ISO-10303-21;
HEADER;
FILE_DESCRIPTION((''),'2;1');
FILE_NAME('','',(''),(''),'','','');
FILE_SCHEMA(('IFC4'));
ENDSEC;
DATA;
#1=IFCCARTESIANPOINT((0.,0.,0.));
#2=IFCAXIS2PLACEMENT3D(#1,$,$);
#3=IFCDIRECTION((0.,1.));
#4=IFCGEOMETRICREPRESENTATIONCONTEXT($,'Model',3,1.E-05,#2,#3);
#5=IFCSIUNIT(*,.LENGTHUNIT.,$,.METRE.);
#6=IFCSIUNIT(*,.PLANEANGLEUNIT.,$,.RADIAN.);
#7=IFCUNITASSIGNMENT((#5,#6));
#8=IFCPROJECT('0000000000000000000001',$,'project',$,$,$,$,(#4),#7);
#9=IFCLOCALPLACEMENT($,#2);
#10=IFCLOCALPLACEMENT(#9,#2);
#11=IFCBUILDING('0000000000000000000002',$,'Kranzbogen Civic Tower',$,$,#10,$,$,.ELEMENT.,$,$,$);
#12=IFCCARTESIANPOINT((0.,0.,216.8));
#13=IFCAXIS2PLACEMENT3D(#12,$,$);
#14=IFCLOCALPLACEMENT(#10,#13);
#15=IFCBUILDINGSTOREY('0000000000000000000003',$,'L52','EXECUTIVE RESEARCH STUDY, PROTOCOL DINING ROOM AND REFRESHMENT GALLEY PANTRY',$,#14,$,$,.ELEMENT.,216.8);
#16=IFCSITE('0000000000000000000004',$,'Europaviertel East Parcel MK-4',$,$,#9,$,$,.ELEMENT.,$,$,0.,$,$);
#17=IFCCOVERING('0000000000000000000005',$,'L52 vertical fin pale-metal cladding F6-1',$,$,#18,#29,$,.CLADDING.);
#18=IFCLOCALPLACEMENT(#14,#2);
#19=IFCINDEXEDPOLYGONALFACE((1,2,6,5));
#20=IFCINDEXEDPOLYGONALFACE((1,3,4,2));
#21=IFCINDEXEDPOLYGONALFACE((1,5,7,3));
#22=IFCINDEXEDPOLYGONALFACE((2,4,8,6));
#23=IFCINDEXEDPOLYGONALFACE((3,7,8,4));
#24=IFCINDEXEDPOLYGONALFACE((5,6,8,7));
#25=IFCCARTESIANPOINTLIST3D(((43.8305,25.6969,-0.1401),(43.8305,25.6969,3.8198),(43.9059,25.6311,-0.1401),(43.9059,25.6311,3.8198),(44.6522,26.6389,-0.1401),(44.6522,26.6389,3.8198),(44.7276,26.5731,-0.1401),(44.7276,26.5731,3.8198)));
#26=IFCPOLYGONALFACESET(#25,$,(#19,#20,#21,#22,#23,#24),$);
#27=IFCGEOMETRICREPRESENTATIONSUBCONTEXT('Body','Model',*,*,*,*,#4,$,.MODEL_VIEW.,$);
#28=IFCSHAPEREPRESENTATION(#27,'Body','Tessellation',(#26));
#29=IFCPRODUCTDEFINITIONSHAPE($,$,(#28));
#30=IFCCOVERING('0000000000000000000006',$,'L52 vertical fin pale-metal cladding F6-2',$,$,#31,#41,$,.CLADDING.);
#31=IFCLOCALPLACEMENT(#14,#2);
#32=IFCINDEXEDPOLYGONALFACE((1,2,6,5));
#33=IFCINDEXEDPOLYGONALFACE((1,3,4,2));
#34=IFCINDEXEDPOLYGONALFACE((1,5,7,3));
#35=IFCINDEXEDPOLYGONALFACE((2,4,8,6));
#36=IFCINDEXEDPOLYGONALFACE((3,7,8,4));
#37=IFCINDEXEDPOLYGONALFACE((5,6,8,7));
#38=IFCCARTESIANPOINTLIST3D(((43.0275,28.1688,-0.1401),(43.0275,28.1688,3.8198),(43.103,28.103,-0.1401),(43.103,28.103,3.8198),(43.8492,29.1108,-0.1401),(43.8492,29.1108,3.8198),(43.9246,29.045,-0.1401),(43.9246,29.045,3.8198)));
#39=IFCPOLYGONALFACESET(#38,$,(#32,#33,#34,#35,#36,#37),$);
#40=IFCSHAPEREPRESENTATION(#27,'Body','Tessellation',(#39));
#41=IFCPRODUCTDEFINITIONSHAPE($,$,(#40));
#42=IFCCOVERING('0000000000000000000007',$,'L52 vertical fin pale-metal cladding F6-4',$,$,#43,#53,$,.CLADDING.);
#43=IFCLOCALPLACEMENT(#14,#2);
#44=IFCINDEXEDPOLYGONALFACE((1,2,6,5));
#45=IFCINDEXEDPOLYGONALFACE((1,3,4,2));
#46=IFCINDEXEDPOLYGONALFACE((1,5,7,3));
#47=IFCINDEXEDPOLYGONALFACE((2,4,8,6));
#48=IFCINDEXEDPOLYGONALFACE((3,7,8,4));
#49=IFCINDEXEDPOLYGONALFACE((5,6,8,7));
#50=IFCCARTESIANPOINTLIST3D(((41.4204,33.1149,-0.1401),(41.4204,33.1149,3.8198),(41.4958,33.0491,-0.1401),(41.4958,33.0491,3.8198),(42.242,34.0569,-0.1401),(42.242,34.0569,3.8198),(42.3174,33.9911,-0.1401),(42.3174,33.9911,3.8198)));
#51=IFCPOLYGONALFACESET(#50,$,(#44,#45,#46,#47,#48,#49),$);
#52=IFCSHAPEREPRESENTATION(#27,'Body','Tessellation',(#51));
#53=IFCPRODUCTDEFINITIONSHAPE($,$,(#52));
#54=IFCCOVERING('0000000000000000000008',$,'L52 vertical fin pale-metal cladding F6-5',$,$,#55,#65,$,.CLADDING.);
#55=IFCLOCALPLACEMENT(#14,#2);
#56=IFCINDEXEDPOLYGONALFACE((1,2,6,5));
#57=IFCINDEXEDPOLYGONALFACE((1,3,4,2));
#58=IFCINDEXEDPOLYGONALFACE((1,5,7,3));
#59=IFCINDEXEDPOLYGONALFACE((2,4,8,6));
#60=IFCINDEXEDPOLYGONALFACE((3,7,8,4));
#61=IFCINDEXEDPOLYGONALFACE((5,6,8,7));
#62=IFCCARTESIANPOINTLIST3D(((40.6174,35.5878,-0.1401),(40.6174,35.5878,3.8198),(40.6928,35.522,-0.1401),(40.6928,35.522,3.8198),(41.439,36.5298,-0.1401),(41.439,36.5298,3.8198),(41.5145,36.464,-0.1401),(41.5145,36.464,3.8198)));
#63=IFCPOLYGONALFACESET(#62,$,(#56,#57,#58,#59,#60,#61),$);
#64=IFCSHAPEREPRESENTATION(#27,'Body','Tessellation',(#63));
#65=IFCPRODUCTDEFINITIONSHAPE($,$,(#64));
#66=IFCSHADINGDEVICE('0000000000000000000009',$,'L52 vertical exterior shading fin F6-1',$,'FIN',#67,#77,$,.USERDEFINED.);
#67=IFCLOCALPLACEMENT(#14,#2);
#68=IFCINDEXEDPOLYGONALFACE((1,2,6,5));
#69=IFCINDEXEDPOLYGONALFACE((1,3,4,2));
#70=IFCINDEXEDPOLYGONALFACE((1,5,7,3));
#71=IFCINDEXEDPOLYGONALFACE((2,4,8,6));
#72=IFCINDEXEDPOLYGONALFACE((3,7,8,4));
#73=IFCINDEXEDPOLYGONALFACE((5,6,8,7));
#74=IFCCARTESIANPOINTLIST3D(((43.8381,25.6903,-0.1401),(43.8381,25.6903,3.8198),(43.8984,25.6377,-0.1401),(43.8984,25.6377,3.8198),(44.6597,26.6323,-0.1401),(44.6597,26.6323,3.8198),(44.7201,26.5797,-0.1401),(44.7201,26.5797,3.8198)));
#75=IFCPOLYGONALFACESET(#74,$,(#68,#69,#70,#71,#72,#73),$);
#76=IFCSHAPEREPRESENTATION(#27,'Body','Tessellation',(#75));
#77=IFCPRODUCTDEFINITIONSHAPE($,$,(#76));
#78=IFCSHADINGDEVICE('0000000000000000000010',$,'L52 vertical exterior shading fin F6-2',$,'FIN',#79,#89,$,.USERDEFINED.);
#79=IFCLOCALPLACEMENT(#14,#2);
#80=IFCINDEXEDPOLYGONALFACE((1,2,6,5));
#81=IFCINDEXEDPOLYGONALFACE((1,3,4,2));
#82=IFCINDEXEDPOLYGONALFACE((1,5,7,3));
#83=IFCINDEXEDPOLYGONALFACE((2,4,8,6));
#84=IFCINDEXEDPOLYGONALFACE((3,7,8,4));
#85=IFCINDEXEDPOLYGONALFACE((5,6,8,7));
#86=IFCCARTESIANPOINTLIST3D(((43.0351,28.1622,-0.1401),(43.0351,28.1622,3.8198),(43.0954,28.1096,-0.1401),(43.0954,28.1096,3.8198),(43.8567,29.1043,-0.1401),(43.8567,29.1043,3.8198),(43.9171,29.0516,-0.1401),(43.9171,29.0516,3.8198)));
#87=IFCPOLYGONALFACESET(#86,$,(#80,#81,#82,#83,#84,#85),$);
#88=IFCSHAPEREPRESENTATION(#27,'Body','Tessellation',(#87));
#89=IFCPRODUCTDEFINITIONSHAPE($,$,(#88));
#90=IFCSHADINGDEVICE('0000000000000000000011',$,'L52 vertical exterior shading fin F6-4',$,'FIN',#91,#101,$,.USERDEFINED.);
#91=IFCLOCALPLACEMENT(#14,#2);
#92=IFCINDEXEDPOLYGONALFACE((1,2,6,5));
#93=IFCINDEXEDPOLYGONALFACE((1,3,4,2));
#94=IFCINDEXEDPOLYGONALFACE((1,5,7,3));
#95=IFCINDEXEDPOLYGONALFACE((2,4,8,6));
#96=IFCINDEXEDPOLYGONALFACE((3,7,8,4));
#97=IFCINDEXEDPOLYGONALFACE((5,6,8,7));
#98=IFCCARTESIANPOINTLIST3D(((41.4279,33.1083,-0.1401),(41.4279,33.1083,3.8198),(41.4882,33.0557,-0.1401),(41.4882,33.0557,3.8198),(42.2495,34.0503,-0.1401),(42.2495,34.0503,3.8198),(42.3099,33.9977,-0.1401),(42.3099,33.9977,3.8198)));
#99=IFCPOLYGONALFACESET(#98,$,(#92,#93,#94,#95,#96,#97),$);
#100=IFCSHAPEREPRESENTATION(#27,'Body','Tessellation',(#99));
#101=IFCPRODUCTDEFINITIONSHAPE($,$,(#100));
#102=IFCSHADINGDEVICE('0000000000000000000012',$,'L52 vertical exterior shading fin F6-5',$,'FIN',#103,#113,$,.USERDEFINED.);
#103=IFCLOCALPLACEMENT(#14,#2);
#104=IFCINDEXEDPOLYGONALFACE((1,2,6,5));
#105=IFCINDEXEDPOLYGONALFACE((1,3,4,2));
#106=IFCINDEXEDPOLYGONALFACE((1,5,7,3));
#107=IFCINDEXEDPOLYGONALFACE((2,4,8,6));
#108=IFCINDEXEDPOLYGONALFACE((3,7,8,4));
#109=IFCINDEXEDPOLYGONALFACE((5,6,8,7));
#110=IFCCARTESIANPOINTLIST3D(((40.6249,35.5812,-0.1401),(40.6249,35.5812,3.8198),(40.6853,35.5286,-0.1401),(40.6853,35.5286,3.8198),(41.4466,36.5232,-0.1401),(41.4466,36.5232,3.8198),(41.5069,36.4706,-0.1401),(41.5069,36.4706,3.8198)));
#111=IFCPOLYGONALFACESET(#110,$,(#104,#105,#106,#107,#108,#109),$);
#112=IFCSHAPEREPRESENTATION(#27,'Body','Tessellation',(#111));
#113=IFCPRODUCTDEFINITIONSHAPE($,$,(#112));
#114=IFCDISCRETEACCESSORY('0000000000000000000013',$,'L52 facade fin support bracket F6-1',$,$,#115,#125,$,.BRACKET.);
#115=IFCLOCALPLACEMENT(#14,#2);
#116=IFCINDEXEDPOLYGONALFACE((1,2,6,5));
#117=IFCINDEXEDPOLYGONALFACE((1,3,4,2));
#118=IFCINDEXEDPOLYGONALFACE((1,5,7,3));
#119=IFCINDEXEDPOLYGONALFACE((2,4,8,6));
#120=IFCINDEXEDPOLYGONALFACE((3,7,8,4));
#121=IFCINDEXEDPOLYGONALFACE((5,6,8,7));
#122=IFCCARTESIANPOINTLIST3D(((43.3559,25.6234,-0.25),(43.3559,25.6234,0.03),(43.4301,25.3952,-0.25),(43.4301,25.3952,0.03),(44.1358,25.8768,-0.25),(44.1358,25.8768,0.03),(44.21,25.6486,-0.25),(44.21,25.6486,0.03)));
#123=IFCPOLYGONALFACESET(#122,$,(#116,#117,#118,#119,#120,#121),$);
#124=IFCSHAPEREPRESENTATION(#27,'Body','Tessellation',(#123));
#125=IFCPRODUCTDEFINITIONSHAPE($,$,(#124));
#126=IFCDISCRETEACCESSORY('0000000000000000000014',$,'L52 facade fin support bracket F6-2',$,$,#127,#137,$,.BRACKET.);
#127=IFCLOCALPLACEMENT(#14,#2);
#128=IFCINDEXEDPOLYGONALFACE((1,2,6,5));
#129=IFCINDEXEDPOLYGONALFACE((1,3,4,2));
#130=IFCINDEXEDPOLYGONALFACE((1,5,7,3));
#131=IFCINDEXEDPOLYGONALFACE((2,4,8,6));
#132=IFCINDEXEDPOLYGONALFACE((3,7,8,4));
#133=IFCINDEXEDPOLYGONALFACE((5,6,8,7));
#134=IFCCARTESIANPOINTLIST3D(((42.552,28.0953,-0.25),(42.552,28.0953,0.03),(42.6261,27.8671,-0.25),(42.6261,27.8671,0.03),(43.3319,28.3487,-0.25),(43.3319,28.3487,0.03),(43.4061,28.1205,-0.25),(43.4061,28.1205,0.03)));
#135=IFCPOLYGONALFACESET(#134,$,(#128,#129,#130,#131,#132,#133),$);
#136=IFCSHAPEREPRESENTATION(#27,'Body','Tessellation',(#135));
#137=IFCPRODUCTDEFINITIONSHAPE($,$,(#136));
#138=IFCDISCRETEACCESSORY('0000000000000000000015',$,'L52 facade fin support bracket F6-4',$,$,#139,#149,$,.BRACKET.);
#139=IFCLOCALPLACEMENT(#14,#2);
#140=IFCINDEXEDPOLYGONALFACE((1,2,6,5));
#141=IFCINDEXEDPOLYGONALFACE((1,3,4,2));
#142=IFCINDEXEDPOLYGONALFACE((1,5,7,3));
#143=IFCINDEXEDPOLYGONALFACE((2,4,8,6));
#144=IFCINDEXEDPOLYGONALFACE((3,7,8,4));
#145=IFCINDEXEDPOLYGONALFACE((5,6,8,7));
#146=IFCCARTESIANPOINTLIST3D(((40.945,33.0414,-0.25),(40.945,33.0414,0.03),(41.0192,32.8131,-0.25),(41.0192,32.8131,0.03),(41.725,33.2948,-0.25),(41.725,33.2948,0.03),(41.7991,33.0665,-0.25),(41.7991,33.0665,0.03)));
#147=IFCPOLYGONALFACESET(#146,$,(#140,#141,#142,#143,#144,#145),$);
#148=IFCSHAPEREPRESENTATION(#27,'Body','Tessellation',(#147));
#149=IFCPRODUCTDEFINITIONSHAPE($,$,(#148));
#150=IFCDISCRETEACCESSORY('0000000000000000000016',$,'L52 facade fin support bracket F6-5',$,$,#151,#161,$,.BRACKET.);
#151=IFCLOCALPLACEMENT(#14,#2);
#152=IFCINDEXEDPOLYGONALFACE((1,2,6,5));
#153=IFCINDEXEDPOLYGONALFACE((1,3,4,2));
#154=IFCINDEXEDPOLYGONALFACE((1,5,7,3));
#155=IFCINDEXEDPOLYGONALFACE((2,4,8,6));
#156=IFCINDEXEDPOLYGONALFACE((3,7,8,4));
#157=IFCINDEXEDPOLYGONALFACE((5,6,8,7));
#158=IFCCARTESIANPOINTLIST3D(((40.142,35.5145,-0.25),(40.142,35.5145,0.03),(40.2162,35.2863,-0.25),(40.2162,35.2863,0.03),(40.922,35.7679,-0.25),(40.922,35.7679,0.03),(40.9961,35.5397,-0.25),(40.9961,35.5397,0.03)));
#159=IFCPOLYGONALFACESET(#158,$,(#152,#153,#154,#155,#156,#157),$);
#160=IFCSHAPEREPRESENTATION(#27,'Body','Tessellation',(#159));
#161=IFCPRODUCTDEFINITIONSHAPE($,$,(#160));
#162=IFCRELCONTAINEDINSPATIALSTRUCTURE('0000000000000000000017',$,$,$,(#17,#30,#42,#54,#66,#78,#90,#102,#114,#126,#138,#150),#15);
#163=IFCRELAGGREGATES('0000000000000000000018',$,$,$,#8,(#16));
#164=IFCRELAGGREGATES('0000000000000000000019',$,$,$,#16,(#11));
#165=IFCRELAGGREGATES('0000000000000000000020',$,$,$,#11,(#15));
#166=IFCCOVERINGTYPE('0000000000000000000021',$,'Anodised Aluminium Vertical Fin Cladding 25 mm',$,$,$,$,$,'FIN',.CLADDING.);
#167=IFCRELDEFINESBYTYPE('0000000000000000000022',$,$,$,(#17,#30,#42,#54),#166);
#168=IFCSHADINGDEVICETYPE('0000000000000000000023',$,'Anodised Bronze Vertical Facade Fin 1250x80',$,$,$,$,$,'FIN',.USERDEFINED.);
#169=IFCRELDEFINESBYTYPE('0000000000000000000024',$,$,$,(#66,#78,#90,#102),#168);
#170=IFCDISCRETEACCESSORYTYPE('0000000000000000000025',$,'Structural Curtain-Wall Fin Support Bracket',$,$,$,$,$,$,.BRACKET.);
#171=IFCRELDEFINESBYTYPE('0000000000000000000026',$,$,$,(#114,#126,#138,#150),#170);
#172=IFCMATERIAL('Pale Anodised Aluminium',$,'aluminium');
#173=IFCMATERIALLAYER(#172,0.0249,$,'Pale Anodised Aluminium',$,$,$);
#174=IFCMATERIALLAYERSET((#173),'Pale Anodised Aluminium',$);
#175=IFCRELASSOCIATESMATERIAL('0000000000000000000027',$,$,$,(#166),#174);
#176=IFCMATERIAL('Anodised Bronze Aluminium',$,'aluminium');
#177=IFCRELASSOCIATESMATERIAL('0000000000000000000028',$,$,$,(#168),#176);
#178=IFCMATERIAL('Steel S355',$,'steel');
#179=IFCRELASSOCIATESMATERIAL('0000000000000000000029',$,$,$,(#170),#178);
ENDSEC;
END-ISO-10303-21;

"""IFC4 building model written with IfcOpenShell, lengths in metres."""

from ifc_helpers import new_model, si_unit, direction, frame, origin, origin_2d, place, context, subcontext, project, spatial, rectangle, extrude, material, layer, layer_set, type_object, element, save


model = new_model("IFC4")

# Units and contexts
model_context = context("Model", 3, precision=1e-05, world=origin(), true_north=direction((0.0, 1.0)))
body_context = subcontext(model_context, "Body", "Model", "MODEL_VIEW")
ifc_project = project(units=[si_unit("LENGTHUNIT", "METRE"), si_unit("PLANEANGLEUNIT", "RADIAN")], contexts=[model_context])

# Site, building, storey
site_placement = place(None, origin())
site = spatial("IfcSite", under=ifc_project, at=site_placement, Name="Europaviertel East Parcel MK-4", CompositionType="ELEMENT", RefElevation=0.0)
building_placement = place(site_placement, origin())
building = spatial("IfcBuilding", under=site, at=building_placement, Name="Kranzbogen Civic Tower", CompositionType="ELEMENT")
storey_placement = place(building_placement, frame((0.0, 0.0, 216.8)))
storey = spatial("IfcBuildingStorey", under=building, at=storey_placement, Name="L52", Description="EXECUTIVE RESEARCH STUDY, PROTOCOL DINING ROOM AND REFRESHMENT GALLEY PANTRY", CompositionType="ELEMENT", Elevation=216.8)

# Shared definitions
ifc_material_1 = material(Name="Steel S355", Category="steel")

# Shared definitions
ifc_material_2 = material(Name="Pale Anodised Aluminium", Category="aluminium")

# Coverings
ifc_layer_1 = layer(ifc_material_2, 0.0249, Name="Pale Anodised Aluminium")
ifc_layer_set_1 = layer_set([ifc_layer_1], Name="Pale Anodised Aluminium")
covering_type = type_object("IfcCoveringType", Name="Anodised Aluminium Vertical Fin Cladding 25 mm", ElementType="FIN", PredefinedType="CLADDING", material=ifc_layer_set_1)
for number, where, z_axis, x_axis, name in (
    (1, (44.2791, 26.135, -0.1401), (0.0, 0.0, 1.0), (0.657323, 0.753609, 0.0), "L52 vertical fin pale-metal cladding F6-1"),
    (2, (43.4761, 28.6069, -0.1401), (0.0, 0.0, 1.0), (0.657323, 0.753609, 0.0), "L52 vertical fin pale-metal cladding F6-2"),
    (3, (41.8689, 33.553, -0.1401), (0.0, 0.0, 1.0), (0.657323, 0.753609, 0.0), "L52 vertical fin pale-metal cladding F6-4"),
    (4, (41.0659, 36.0259, -0.1401), (0.0, 0.0, 1.0), (0.657323, 0.753609, 0.0), "L52 vertical fin pale-metal cladding F6-5"),
):
    element("IfcCovering", number, at=place(storey_placement, frame(where, z_axis=z_axis, x_axis=x_axis)), inside=storey, type_object=covering_type, Name=name, PredefinedType="CLADDING", context=body_context, shape_type="SweptSolid", body=[
        extrude(rectangle(XDim=1.25, YDim=0.1001, at=origin_2d()), origin(), (0.0, 0.0, 1.0), 3.96),
    ])

# Shading devices
ifc_material_3 = material(Name="Anodised Bronze Aluminium", Category="aluminium")
shading_device_type = type_object("IfcShadingDeviceType", Name="Anodised Bronze Vertical Facade Fin 1250x80", ElementType="FIN", PredefinedType="USERDEFINED", material=ifc_material_3)
for number, where, z_axis, x_axis, name in (
    (5, (44.2791, 26.135, -0.1401), (0.0, 0.0, 1.0), (0.657323, 0.753609, 0.0), "L52 vertical exterior shading fin F6-1"),
    (6, (43.4761, 28.6069, -0.1401), (0.0, 0.0, 1.0), (0.657323, 0.753609, 0.0), "L52 vertical exterior shading fin F6-2"),
    (7, (41.8689, 33.553, -0.1401), (0.0, 0.0, 1.0), (0.657323, 0.753609, 0.0), "L52 vertical exterior shading fin F6-4"),
    (8, (41.0659, 36.0259, -0.1401), (0.0, 0.0, 1.0), (0.657323, 0.753609, 0.0), "L52 vertical exterior shading fin F6-5"),
):
    element("IfcShadingDevice", number, at=place(storey_placement, frame(where, z_axis=z_axis, x_axis=x_axis)), inside=storey, type_object=shading_device_type, Name=name, ObjectType="FIN", PredefinedType="USERDEFINED", context=body_context, shape_type="SweptSolid", body=[
        extrude(rectangle(XDim=1.25, YDim=0.0801, at=origin_2d()), origin(), (0.0, 0.0, 1.0), 3.96),
    ])

# Discrete accessories
discrete_accessory_type = type_object("IfcDiscreteAccessoryType", Name="Structural Curtain-Wall Fin Support Bracket", PredefinedType="BRACKET", material=ifc_material_1)
for number, where, z_axis, x_axis, name in (
    (9, (43.783, 25.636, -0.25), (0.0, 0.0, 1.0), (0.951057, 0.309017, 0.0), "L52 facade fin support bracket F6-1"),
    (10, (42.979, 28.1079, -0.25), (0.0, 0.0, 1.0), (0.951057, 0.309017, 0.0), "L52 facade fin support bracket F6-2"),
    (11, (41.3721, 33.054, -0.25), (0.0, 0.0, 1.0), (0.951057, 0.309017, 0.0), "L52 facade fin support bracket F6-4"),
    (12, (40.5691, 35.5271, -0.25), (0.0, 0.0, 1.0), (0.951057, 0.309017, 0.0), "L52 facade fin support bracket F6-5"),
):
    element("IfcDiscreteAccessory", number, at=place(storey_placement, frame(where, z_axis=z_axis, x_axis=x_axis)), inside=storey, type_object=discrete_accessory_type, Name=name, PredefinedType="BRACKET", context=body_context, shape_type="SweptSolid", body=[
        extrude(rectangle(XDim=0.8201, YDim=0.24, at=origin_2d()), origin(), (0.0, 0.0, 1.0), 0.28),
    ])

save(model, "model.ifc")
